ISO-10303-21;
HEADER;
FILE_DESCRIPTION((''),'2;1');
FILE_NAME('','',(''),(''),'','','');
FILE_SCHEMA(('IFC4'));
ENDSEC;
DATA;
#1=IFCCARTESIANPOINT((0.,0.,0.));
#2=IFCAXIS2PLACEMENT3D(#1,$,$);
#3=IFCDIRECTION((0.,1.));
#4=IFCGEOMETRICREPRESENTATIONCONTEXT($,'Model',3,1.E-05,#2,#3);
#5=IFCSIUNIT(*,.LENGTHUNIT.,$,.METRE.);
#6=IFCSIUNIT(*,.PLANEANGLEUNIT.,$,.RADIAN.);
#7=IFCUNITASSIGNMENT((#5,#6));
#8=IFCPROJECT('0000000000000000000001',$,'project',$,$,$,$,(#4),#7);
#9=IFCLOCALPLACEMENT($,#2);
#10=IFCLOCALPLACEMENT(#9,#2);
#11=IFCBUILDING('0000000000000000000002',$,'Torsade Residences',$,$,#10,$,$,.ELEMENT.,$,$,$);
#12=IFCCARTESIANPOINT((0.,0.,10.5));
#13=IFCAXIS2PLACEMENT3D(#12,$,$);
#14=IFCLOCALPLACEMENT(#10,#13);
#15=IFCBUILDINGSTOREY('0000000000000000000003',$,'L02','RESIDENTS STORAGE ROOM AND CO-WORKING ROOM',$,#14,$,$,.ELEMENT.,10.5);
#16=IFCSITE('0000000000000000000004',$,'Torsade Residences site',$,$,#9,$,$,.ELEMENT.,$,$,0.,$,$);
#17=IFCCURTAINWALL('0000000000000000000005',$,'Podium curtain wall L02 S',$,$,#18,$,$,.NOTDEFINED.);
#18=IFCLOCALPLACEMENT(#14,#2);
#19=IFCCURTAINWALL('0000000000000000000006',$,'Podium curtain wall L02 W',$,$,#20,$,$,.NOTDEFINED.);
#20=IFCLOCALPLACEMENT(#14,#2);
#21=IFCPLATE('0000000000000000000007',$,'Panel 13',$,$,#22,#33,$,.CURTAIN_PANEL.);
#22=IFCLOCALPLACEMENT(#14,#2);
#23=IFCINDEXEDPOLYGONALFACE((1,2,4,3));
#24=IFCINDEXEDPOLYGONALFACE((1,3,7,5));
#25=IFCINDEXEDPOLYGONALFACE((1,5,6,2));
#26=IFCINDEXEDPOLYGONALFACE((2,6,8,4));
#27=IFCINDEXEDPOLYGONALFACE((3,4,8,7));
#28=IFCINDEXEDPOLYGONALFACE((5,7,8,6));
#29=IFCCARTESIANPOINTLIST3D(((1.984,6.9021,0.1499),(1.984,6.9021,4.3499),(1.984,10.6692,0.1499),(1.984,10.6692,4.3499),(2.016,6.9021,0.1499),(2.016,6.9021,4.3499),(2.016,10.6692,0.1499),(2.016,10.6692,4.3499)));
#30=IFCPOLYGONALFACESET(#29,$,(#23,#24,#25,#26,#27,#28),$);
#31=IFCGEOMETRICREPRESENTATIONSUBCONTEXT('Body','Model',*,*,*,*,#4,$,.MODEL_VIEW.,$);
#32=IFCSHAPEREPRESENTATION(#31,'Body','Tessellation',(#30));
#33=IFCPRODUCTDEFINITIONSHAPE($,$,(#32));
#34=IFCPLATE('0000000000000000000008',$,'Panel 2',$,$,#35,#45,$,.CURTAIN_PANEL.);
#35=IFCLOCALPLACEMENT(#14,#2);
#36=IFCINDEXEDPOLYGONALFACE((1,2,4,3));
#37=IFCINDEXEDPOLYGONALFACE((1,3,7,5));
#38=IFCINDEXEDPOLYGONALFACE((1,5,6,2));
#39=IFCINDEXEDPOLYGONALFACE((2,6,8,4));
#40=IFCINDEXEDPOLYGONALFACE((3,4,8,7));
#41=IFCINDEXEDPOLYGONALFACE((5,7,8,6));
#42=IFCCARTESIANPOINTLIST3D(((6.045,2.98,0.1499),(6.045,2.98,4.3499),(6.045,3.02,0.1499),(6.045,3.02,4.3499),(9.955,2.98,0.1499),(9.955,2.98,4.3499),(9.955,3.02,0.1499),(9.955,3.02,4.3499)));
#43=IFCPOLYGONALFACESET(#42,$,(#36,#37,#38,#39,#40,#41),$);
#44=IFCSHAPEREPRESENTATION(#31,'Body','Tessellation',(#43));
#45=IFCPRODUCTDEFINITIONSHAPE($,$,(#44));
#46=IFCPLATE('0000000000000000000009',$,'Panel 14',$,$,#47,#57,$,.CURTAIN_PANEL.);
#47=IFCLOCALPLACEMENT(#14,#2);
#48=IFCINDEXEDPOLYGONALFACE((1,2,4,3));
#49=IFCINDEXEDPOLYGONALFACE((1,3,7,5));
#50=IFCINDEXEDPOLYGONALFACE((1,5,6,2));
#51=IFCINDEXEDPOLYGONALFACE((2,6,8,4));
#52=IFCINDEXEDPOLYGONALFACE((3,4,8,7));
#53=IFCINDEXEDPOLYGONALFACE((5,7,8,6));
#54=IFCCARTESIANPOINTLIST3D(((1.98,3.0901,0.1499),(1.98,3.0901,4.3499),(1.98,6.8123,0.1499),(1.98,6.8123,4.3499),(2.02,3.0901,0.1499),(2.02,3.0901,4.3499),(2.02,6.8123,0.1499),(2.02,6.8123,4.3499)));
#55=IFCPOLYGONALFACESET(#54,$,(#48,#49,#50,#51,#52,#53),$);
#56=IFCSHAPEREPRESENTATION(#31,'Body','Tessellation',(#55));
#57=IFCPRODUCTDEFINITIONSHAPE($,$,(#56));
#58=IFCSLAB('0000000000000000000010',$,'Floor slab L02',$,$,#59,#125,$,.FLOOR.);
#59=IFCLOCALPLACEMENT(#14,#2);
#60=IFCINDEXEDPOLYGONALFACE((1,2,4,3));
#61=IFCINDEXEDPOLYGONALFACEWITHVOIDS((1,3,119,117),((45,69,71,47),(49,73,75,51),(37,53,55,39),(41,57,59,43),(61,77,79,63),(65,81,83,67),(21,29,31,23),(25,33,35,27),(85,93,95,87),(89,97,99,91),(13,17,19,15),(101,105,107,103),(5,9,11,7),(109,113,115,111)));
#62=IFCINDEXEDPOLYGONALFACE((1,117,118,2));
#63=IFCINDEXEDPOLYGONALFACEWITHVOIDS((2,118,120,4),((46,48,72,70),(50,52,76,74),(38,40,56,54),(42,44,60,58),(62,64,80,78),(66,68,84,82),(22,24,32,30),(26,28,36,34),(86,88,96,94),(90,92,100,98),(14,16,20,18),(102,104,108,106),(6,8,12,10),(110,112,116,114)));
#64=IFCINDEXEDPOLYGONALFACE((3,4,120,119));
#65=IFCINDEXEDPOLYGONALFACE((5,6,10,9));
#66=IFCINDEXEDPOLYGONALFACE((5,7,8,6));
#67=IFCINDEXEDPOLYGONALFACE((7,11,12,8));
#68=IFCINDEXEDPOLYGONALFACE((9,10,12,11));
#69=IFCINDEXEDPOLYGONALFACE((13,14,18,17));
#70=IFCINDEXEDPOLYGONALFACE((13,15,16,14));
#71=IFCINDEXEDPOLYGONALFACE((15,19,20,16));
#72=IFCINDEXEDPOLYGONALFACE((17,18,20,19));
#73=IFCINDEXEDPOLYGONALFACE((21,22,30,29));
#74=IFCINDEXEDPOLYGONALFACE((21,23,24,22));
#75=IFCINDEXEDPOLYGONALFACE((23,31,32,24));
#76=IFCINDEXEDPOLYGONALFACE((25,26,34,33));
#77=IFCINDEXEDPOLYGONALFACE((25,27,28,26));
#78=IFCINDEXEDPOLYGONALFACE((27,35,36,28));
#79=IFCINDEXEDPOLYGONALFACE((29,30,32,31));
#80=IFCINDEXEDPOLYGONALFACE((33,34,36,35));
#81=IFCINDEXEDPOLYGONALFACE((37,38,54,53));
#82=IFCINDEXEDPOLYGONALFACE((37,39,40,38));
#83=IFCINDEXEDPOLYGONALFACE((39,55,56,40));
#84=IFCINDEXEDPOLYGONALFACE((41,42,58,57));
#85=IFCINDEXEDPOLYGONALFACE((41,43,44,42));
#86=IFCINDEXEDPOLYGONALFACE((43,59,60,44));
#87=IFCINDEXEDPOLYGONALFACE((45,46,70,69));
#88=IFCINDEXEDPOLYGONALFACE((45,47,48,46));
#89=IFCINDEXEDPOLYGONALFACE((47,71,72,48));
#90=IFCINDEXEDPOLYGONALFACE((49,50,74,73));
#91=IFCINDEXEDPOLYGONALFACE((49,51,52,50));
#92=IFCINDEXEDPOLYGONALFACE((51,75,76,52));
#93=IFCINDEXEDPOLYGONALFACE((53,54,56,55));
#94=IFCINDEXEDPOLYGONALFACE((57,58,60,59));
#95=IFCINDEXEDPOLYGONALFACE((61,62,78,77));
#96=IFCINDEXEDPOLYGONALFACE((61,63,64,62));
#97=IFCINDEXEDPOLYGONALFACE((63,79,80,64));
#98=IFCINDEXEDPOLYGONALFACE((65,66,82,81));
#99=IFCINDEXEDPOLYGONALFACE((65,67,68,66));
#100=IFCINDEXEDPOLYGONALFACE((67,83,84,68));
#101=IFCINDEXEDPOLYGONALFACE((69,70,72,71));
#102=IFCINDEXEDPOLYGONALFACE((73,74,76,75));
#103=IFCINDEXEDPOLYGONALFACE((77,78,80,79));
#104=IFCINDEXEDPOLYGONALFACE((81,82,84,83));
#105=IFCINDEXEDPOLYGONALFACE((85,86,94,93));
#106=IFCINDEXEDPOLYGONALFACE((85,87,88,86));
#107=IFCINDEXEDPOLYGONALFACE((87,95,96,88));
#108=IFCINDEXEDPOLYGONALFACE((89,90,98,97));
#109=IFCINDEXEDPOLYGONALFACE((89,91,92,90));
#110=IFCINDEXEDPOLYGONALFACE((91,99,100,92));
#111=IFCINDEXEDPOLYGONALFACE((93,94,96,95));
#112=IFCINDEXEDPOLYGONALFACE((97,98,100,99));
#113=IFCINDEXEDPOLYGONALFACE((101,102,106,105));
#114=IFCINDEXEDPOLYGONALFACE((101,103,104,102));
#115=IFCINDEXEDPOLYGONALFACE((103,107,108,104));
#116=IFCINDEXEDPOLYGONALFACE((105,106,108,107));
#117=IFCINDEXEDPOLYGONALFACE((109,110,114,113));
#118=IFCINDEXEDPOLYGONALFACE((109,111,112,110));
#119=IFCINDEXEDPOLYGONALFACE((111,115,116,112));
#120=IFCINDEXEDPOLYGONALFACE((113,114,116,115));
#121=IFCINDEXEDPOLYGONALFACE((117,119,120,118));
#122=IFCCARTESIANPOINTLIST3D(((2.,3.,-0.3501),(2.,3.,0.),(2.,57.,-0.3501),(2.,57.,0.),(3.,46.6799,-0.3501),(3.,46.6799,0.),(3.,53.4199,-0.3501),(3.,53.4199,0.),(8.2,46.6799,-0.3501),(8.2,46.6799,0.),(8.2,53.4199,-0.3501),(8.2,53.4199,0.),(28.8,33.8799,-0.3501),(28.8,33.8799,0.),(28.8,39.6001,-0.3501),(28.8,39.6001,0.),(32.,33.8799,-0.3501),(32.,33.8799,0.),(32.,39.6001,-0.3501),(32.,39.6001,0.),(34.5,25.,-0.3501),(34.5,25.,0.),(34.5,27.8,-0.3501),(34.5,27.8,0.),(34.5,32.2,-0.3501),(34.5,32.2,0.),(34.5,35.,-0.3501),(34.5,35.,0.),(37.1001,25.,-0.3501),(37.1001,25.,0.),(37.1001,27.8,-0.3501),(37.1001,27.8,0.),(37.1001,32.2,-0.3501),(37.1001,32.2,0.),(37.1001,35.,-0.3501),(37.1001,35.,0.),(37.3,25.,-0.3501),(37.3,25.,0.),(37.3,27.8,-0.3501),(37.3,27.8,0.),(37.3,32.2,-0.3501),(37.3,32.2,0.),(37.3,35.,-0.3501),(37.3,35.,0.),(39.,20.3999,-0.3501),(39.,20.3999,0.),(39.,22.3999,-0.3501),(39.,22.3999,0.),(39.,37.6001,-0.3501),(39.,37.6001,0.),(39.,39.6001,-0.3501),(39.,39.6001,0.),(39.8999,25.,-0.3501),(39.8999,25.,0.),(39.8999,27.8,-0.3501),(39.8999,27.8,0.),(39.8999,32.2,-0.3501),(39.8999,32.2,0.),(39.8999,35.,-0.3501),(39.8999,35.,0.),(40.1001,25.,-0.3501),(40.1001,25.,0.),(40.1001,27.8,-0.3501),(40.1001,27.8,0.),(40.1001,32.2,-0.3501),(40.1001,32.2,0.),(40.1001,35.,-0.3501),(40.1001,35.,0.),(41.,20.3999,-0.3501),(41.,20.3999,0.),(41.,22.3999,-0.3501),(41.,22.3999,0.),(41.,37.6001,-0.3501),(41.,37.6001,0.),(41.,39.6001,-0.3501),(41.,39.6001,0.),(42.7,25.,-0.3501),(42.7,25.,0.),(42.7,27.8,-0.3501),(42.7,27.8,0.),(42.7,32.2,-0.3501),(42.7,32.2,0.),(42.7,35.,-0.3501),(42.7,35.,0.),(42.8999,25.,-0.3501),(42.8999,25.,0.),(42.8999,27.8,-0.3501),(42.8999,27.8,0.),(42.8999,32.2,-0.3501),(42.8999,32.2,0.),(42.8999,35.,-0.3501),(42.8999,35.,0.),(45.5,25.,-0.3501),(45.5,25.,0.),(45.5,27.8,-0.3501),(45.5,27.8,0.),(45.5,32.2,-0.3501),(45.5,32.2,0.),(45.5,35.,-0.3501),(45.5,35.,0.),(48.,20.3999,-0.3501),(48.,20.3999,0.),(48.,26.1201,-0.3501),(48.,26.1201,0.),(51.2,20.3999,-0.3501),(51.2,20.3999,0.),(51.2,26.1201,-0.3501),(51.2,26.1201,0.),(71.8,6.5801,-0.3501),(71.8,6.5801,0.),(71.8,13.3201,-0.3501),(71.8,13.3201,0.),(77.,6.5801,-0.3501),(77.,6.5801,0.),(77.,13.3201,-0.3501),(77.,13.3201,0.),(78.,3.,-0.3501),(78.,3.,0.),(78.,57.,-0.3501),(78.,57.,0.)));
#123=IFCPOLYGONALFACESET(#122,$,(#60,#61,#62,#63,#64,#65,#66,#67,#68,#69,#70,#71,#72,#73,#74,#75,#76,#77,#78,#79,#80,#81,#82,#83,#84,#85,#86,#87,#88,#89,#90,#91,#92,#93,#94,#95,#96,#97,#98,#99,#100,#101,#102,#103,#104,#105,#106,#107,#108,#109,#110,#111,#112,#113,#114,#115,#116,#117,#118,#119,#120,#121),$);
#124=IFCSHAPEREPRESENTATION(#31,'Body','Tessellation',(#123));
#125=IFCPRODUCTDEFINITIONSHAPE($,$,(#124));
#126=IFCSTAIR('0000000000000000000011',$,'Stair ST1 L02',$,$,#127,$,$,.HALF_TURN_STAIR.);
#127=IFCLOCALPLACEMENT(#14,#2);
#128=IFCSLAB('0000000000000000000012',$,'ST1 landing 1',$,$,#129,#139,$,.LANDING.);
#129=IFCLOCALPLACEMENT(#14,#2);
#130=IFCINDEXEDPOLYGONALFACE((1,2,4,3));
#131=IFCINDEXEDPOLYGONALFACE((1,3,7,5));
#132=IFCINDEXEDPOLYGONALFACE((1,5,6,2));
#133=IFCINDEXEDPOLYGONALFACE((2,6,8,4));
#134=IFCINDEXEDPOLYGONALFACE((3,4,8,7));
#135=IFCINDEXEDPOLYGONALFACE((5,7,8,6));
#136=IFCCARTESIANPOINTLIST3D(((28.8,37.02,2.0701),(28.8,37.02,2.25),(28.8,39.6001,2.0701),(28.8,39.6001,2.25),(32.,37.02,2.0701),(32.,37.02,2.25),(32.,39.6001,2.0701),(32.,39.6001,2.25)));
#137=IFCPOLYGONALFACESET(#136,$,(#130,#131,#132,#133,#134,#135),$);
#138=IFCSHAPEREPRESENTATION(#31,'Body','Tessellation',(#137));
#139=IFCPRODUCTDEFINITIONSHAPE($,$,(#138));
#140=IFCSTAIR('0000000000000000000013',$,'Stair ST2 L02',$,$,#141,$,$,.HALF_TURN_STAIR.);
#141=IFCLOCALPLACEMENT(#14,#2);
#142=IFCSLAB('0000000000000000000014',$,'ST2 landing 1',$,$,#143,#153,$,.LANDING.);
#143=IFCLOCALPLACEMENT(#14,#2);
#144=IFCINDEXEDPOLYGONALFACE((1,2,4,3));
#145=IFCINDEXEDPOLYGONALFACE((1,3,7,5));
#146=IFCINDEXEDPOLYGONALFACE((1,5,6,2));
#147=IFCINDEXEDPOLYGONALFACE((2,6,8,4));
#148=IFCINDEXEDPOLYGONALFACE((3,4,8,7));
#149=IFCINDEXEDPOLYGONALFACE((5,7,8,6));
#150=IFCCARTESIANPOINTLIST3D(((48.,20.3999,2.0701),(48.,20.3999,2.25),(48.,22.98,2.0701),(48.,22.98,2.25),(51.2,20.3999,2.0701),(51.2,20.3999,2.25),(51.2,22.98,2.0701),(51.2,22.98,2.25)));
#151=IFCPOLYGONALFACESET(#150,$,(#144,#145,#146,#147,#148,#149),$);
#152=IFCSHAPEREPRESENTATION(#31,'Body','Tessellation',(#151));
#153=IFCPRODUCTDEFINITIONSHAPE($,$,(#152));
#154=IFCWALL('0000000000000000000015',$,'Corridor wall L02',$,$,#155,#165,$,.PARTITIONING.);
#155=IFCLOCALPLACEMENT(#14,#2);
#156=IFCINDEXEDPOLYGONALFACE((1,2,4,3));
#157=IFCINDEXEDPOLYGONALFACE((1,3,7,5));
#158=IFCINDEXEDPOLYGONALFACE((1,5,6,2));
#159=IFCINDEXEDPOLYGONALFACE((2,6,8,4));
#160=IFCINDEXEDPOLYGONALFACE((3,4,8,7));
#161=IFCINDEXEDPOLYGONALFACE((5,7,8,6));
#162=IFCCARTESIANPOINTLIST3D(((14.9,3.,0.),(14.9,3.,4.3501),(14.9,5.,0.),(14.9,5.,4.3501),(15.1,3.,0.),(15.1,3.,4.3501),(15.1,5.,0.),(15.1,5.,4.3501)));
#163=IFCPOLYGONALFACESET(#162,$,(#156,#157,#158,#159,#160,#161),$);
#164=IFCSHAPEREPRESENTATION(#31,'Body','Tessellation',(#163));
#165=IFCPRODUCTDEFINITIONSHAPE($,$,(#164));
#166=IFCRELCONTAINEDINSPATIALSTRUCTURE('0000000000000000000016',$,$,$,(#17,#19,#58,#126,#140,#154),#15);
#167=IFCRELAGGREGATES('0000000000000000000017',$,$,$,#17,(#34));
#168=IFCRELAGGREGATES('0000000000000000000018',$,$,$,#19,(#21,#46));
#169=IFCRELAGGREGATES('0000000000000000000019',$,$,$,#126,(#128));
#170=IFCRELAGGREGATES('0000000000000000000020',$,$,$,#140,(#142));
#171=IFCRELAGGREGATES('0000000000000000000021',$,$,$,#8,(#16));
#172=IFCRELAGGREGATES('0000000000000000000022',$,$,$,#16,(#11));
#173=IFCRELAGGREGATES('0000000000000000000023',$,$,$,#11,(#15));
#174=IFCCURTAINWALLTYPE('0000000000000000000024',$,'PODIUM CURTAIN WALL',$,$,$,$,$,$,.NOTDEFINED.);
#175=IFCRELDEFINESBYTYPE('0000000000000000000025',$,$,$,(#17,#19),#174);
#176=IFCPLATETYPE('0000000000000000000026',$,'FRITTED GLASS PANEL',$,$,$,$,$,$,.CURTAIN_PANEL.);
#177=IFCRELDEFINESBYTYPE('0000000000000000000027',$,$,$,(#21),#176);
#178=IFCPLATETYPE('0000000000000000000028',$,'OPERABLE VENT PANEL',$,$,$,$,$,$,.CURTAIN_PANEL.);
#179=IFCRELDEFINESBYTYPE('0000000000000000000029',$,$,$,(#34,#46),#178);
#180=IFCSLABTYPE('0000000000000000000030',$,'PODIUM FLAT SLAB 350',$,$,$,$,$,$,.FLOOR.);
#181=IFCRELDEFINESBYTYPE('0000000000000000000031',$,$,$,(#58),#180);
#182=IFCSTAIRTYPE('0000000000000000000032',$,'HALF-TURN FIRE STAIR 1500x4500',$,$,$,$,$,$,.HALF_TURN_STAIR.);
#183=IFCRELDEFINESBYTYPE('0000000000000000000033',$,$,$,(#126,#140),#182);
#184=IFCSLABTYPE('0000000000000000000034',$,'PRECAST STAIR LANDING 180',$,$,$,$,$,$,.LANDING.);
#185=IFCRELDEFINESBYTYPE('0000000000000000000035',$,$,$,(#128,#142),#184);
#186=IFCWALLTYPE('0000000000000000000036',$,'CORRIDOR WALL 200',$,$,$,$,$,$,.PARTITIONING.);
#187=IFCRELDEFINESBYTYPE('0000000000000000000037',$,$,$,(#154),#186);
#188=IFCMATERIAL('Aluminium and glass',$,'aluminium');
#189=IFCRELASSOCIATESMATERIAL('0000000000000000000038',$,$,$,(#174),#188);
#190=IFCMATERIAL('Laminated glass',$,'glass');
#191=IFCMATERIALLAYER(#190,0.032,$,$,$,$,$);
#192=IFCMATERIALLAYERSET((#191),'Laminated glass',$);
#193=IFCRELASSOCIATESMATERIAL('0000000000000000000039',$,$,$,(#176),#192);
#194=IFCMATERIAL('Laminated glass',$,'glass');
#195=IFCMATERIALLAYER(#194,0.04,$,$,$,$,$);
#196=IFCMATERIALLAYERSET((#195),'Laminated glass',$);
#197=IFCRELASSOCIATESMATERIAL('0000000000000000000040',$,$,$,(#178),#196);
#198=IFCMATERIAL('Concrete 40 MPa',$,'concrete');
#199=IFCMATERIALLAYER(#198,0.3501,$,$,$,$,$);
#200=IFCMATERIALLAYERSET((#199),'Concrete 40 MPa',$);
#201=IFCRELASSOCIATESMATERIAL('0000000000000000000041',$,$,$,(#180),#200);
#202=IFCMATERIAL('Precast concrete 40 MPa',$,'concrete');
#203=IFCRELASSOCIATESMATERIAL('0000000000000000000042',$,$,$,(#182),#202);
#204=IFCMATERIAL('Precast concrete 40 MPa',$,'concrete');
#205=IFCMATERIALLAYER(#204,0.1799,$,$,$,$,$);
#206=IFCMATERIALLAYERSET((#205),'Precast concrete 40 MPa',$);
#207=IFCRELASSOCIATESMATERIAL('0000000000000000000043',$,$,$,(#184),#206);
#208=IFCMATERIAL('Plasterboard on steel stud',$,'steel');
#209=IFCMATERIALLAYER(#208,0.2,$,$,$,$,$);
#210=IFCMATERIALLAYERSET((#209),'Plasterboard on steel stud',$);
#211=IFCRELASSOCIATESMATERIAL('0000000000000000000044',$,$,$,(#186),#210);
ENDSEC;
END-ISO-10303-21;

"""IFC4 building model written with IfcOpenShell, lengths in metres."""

from ifc_helpers import new_model, si_unit, direction, frame, frame_2d, origin, origin_2d, place, context, subcontext, project, spatial, polyline, rectangle, outline, extrude, material, layer, layer_set, type_object, element, aggregate, save


model = new_model("IFC4")

# Units and contexts
model_context = context("Model", 3, precision=1e-05, world=origin(), true_north=direction((0.0, 1.0)))
body_context = subcontext(model_context, "Body", "Model", "MODEL_VIEW")
ifc_project = project(units=[si_unit("LENGTHUNIT", "METRE"), si_unit("PLANEANGLEUNIT", "RADIAN")], contexts=[model_context])

# Site, building, storey
site_placement = place(None, origin())
site = spatial("IfcSite", under=ifc_project, at=site_placement, Name="Torsade Residences site", CompositionType="ELEMENT", RefElevation=0.0)
building_placement = place(site_placement, origin())
building = spatial("IfcBuilding", under=site, at=building_placement, Name="Torsade Residences", CompositionType="ELEMENT")
storey_placement = place(building_placement, frame((0.0, 0.0, 10.5)))
storey = spatial("IfcBuildingStorey", under=building, at=storey_placement, Name="L02", Description="RESIDENTS STORAGE ROOM AND CO-WORKING ROOM", CompositionType="ELEMENT", Elevation=10.5)

# Curtain walls
ifc_material_1 = material(Name="Aluminium and glass", Category="aluminium")
curtain_wall_type = type_object("IfcCurtainWallType", Name="PODIUM CURTAIN WALL", PredefinedType="NOTDEFINED", material=ifc_material_1)
curtain_wall_1_placement = place(storey_placement, origin())
curtain_wall_1 = element("IfcCurtainWall", 1, at=curtain_wall_1_placement, inside=storey, type_object=curtain_wall_type, Name="Podium curtain wall L02 S", PredefinedType="NOTDEFINED")
curtain_wall_2_placement = place(storey_placement, origin())
curtain_wall_2 = element("IfcCurtainWall", 2, at=curtain_wall_2_placement, inside=storey, type_object=curtain_wall_type, Name="Podium curtain wall L02 W", PredefinedType="NOTDEFINED")

# Plates
ifc_material_2 = material(Name="Laminated glass", Category="glass")
ifc_layer_1 = layer(ifc_material_2, 0.032)
ifc_layer_set_1 = layer_set([ifc_layer_1], Name="Laminated glass")
plate_type_1 = type_object("IfcPlateType", Name="FRITTED GLASS PANEL", PredefinedType="CURTAIN_PANEL", material=ifc_layer_set_1)
plate_1_placement = place(storey_placement, frame((2.0, 8.7856, 0.1499), z_axis=(0.0, 0.0, 1.0), x_axis=(0.0, -1.0, 0.0)))
plate_1 = element("IfcPlate", 3, at=plate_1_placement, type_object=plate_type_1, Name="Panel 13", PredefinedType="CURTAIN_PANEL", context=body_context, shape_type="SweptSolid", body=[
    extrude(rectangle(XDim=3.7671, YDim=0.032, at=origin_2d()), origin(), (0.0, 0.0, 1.0), 4.2),
])
ifc_material_3 = material(Name="Laminated glass", Category="glass")
ifc_layer_2 = layer(ifc_material_3, 0.04)
ifc_layer_set_2 = layer_set([ifc_layer_2], Name="Laminated glass")
plate_type_2 = type_object("IfcPlateType", Name="OPERABLE VENT PANEL", PredefinedType="CURTAIN_PANEL", material=ifc_layer_set_2)
plate_2_placement = place(storey_placement, frame((8.0, 3.0, 0.1499), z_axis=(0.0, 0.0, 1.0), x_axis=(1.0, 0.0, 0.0)))
plate_2 = element("IfcPlate", 4, at=plate_2_placement, type_object=plate_type_2, Name="Panel 2", PredefinedType="CURTAIN_PANEL", context=body_context, shape_type="SweptSolid", body=[
    extrude(rectangle(XDim=3.9099, YDim=0.04, at=origin_2d()), origin(), (0.0, 0.0, 1.0), 4.2),
])
aggregate(curtain_wall_1, [plate_2])
plate_3_placement = place(storey_placement, frame((2.0, 4.9512, 0.1499), z_axis=(0.0, 0.0, 1.0), x_axis=(0.0, -1.0, 0.0)))
plate_3 = element("IfcPlate", 5, at=plate_3_placement, type_object=plate_type_2, Name="Panel 14", PredefinedType="CURTAIN_PANEL", context=body_context, shape_type="SweptSolid", body=[
    extrude(rectangle(XDim=3.7222, YDim=0.04, at=origin_2d()), origin(), (0.0, 0.0, 1.0), 4.2),
])
aggregate(curtain_wall_2, [plate_1, plate_3])

# Slab
ifc_material_4 = material(Name="Concrete 40 MPa", Category="concrete")
ifc_layer_3 = layer(ifc_material_4, 0.3501)
ifc_layer_set_3 = layer_set([ifc_layer_3], Name="Concrete 40 MPa")
slab_type_1 = type_object("IfcSlabType", Name="PODIUM FLAT SLAB 350", PredefinedType="FLOOR", material=ifc_layer_set_3)
slab_1_placement = place(storey_placement, frame((0.0, 0.0, -0.3501)))
element("IfcSlab", 6, at=slab_1_placement, inside=storey, type_object=slab_type_1, Name="Floor slab L02", PredefinedType="FLOOR", context=body_context, shape_type="SweptSolid", body=[
    extrude(outline(polyline([(78.0, 3.0), (78.0, 57.0), (2.0, 57.0), (2.0, 3.0), (78.0, 3.0)]), holes=[polyline([(28.8, 33.8799), (32.0, 33.8799), (32.0, 39.6001), (28.8, 39.6001), (28.8, 33.8799)]), polyline([(48.0, 20.3999), (51.2, 20.3999), (51.2, 26.1201), (48.0, 26.1201), (48.0, 20.3999)]), polyline([(3.0, 46.6799), (8.2, 46.6799), (8.2, 53.4199), (3.0, 53.4199), (3.0, 46.6799)]), polyline([(71.8, 6.5801), (77.0, 6.5801), (77.0, 13.3201), (71.8, 13.3201), (71.8, 6.5801)]), polyline([(34.5, 32.2), (37.1001, 32.2), (37.1001, 35.0), (34.5, 35.0), (34.5, 32.2)]), polyline([(42.8999, 25.0), (45.5, 25.0), (45.5, 27.8), (42.8999, 27.8), (42.8999, 25.0)]), polyline([(37.3, 32.2), (39.8999, 32.2), (39.8999, 35.0), (37.3, 35.0), (37.3, 32.2)]), polyline([(40.1001, 25.0), (42.7, 25.0), (42.7, 27.8), (40.1001, 27.8), (40.1001, 25.0)]), polyline([(40.1001, 32.2), (42.7, 32.2), (42.7, 35.0), (40.1001, 35.0), (40.1001, 32.2)]), polyline([(37.3, 25.0), (39.8999, 25.0), (39.8999, 27.8), (37.3, 27.8), (37.3, 25.0)]), polyline([(42.8999, 32.2), (45.5, 32.2), (45.5, 35.0), (42.8999, 35.0), (42.8999, 32.2)]), polyline([(34.5, 25.0), (37.1001, 25.0), (37.1001, 27.8), (34.5, 27.8), (34.5, 25.0)]), polyline([(39.0, 37.6001), (41.0, 37.6001), (41.0, 39.6001), (39.0, 39.6001), (39.0, 37.6001)]), polyline([(39.0, 20.3999), (41.0, 20.3999), (41.0, 22.3999), (39.0, 22.3999), (39.0, 20.3999)])]), origin(), (0.0, 0.0, 1.0), 0.3501),
])

# Stairs, slabs
ifc_material_5 = material(Name="Precast concrete 40 MPa", Category="concrete")
stair_type = type_object("IfcStairType", Name="HALF-TURN FIRE STAIR 1500x4500", PredefinedType="HALF_TURN_STAIR", material=ifc_material_5)
stair_1_placement = place(storey_placement, origin())
stair_1 = element("IfcStair", 7, at=stair_1_placement, inside=storey, type_object=stair_type, Name="Stair ST1 L02", PredefinedType="HALF_TURN_STAIR")
ifc_material_6 = material(Name="Precast concrete 40 MPa", Category="concrete")
ifc_layer_4 = layer(ifc_material_6, 0.1799)
ifc_layer_set_4 = layer_set([ifc_layer_4], Name="Precast concrete 40 MPa")
slab_type_2 = type_object("IfcSlabType", Name="PRECAST STAIR LANDING 180", PredefinedType="LANDING", material=ifc_layer_set_4)
slab_2_placement = place(storey_placement, frame((0.0, 0.0, 2.0701)))
slab_2 = element("IfcSlab", 8, at=slab_2_placement, type_object=slab_type_2, Name="ST1 landing 1", PredefinedType="LANDING", context=body_context, shape_type="SweptSolid", body=[
    extrude(outline(polyline([(28.8, 37.02), (32.0, 37.02), (32.0, 39.6001), (28.8, 39.6001), (28.8, 37.02)])), origin(), (0.0, 0.0, 1.0), 0.1799),
])
aggregate(stair_1, [slab_2])
stair_2_placement = place(storey_placement, origin())
stair_2 = element("IfcStair", 9, at=stair_2_placement, inside=storey, type_object=stair_type, Name="Stair ST2 L02", PredefinedType="HALF_TURN_STAIR")
slab_3_placement = place(storey_placement, frame((0.0, 0.0, 2.0701)))
slab_3 = element("IfcSlab", 10, at=slab_3_placement, type_object=slab_type_2, Name="ST2 landing 1", PredefinedType="LANDING", context=body_context, shape_type="SweptSolid", body=[
    extrude(outline(polyline([(48.0, 20.3999), (51.2, 20.3999), (51.2, 22.98), (48.0, 22.98), (48.0, 20.3999)])), origin(), (0.0, 0.0, 1.0), 0.1799),
])
aggregate(stair_2, [slab_3])

# Wall
ifc_material_7 = material(Name="Plasterboard on steel stud", Category="steel")
ifc_layer_5 = layer(ifc_material_7, 0.2)
ifc_layer_set_5 = layer_set([ifc_layer_5], Name="Plasterboard on steel stud")
wall_type = type_object("IfcWallType", Name="CORRIDOR WALL 200", PredefinedType="PARTITIONING", material=ifc_layer_set_5)
wall_1_placement = place(storey_placement, frame((15.0, 3.0, 0.0), z_axis=(0.0, 0.0, 1.0), x_axis=(0.0, 1.0, 0.0)))
element("IfcWall", 11, at=wall_1_placement, inside=storey, type_object=wall_type, Name="Corridor wall L02", PredefinedType="PARTITIONING", context=body_context, shape_type="SweptSolid", body=[
    extrude(rectangle(XDim=2.0, YDim=0.2, at=frame_2d((1.0, 0.0))), origin(), (0.0, 0.0, 1.0), 4.3501),
])

save(model, "model.ifc")
